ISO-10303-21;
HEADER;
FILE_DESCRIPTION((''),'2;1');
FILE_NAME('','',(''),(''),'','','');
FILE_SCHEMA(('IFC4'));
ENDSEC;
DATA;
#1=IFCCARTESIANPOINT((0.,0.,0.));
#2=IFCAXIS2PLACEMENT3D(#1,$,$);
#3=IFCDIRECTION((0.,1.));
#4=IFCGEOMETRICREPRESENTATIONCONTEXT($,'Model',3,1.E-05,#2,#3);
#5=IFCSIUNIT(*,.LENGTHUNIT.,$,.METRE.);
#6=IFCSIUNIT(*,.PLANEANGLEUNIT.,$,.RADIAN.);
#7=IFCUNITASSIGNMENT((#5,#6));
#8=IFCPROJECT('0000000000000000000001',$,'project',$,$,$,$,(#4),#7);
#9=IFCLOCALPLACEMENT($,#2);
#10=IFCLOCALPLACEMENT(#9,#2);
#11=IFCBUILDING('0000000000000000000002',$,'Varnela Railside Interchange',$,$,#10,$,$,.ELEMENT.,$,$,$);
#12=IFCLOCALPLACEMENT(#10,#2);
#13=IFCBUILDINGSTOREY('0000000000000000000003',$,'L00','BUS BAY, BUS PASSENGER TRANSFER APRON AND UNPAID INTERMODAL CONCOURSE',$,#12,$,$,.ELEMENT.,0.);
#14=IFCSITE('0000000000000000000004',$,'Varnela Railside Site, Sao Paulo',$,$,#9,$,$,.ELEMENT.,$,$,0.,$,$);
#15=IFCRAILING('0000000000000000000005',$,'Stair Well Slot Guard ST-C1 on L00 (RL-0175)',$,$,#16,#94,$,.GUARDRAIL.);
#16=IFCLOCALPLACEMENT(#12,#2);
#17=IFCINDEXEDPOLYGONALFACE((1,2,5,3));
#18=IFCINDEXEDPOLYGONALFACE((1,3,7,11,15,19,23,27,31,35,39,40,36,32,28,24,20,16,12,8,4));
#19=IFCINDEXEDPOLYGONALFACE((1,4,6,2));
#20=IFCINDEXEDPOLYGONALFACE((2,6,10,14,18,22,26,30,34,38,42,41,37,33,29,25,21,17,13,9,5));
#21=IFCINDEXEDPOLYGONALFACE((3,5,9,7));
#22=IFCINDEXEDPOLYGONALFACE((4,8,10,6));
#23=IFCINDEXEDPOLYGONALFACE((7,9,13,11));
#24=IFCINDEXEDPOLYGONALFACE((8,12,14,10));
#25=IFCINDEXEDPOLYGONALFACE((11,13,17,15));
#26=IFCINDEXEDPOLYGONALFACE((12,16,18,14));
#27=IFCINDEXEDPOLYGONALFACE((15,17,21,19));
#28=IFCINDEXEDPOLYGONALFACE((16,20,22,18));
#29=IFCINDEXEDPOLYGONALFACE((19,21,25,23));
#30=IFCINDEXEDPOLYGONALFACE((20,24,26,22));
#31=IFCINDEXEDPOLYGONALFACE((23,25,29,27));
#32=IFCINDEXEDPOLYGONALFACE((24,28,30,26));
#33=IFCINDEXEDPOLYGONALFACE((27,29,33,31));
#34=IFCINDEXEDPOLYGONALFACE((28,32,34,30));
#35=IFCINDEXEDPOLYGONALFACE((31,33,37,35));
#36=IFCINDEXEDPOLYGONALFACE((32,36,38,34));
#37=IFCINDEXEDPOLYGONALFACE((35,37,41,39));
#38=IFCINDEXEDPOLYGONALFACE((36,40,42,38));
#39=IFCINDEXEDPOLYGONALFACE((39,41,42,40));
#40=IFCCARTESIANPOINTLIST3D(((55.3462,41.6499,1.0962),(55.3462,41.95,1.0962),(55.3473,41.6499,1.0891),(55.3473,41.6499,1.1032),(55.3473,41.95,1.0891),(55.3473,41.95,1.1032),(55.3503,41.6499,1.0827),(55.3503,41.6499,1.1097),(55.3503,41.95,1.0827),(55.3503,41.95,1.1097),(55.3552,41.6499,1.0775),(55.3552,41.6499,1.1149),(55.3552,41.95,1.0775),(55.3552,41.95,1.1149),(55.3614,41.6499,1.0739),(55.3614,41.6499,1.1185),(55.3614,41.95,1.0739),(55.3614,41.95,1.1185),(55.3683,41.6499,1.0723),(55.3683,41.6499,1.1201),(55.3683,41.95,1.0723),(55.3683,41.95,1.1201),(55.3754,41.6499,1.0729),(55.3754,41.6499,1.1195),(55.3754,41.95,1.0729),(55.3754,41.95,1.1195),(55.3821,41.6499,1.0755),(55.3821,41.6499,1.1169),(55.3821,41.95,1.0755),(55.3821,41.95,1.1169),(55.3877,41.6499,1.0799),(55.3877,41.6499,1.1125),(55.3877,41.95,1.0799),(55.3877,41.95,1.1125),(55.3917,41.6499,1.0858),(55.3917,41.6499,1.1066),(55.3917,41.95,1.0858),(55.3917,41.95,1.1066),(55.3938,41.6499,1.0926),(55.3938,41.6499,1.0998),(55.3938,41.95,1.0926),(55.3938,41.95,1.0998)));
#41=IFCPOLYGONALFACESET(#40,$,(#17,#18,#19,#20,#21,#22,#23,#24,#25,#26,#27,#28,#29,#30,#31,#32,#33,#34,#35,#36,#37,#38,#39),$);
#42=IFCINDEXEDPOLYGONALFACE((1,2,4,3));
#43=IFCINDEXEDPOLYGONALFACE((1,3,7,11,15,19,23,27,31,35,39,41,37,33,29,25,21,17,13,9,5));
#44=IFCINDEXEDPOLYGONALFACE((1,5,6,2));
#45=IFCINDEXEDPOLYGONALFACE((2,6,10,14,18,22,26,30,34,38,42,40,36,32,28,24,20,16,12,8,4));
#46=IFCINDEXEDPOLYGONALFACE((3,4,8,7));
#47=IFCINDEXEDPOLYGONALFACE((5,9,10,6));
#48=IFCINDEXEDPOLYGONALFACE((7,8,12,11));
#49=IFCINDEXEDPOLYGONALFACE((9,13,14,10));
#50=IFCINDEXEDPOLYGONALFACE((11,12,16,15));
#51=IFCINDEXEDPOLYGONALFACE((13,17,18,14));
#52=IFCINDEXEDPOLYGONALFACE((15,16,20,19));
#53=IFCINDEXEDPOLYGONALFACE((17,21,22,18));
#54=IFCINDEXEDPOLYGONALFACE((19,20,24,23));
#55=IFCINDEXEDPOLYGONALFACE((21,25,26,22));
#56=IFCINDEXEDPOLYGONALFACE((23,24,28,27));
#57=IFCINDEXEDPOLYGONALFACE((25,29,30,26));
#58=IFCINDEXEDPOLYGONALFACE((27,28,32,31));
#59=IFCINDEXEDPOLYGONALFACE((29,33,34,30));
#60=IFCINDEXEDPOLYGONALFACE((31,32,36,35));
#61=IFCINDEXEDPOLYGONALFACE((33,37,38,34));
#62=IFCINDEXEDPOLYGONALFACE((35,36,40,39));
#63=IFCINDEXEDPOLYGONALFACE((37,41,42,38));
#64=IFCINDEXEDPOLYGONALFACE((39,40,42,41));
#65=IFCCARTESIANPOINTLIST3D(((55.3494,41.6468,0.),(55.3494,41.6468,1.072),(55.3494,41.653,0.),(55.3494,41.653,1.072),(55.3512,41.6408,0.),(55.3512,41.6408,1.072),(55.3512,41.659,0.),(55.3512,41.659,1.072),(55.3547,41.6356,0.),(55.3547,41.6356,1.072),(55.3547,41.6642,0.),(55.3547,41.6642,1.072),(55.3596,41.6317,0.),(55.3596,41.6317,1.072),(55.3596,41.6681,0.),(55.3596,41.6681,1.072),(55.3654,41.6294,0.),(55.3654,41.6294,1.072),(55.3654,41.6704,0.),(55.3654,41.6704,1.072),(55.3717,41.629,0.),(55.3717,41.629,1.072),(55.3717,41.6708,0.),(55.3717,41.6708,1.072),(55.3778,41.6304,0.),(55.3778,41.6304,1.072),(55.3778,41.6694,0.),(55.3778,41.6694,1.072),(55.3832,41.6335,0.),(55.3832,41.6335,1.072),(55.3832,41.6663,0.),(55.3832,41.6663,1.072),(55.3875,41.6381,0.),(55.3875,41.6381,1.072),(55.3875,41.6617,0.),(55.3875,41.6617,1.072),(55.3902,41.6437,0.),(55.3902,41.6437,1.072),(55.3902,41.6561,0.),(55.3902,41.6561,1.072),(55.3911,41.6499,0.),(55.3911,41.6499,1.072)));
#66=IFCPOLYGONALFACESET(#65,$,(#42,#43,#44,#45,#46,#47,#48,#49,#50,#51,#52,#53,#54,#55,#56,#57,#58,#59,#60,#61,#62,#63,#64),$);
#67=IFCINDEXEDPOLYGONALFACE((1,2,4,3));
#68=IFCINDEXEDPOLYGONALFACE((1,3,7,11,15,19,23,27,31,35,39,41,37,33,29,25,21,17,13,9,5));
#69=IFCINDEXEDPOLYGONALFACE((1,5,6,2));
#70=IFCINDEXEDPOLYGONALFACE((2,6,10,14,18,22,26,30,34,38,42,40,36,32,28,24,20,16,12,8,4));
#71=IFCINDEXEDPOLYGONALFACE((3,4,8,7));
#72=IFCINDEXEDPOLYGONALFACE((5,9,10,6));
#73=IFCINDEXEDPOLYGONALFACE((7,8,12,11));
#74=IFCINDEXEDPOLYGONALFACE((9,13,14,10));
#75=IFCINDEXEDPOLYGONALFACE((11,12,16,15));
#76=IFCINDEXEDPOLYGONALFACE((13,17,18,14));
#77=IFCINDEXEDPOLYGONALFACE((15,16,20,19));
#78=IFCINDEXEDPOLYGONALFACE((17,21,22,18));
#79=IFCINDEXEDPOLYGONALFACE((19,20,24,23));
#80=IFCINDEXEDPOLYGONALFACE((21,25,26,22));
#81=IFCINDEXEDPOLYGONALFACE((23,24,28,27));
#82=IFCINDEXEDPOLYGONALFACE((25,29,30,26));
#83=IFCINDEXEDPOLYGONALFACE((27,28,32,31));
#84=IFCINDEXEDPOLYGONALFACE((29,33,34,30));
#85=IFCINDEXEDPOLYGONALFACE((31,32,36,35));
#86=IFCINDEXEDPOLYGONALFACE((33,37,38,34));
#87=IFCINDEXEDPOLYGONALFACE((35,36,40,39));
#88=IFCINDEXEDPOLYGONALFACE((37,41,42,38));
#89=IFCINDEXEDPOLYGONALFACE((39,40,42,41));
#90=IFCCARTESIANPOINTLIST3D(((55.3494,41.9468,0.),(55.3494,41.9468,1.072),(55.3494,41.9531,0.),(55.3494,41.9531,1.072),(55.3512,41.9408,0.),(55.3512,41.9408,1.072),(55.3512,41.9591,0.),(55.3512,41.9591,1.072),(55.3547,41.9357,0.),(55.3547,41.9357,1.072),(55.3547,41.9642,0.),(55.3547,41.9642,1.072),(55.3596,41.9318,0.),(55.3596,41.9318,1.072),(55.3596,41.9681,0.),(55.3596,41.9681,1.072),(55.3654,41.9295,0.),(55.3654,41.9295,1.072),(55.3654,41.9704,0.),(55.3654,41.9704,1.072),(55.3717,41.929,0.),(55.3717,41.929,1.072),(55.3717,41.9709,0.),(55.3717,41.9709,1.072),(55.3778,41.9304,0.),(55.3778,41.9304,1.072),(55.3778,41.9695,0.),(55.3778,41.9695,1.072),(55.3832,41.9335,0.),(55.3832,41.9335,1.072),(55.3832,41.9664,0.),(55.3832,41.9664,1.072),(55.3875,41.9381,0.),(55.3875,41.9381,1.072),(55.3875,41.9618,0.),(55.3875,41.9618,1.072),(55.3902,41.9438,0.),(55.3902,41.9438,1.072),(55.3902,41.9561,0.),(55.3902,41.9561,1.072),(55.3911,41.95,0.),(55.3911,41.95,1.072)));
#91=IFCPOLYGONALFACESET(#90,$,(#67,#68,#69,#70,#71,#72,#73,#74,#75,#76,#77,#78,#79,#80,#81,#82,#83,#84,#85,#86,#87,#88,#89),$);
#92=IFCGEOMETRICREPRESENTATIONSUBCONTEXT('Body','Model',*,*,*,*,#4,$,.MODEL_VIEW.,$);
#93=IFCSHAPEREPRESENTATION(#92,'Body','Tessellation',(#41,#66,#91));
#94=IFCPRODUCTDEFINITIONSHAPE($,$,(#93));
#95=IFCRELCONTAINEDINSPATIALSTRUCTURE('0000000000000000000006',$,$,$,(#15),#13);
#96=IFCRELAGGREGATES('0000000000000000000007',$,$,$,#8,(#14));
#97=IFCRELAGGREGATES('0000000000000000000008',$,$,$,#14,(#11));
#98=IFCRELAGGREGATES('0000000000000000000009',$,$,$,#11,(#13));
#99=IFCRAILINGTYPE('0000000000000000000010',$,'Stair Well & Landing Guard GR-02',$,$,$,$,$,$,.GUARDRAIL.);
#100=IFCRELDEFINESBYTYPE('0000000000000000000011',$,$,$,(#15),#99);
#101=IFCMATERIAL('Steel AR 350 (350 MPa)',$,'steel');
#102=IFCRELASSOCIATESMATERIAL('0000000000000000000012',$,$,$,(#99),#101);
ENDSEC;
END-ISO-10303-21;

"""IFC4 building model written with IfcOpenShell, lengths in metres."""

from ifc_helpers import new_model, si_unit, direction, frame, origin, origin_2d, place, context, subcontext, project, spatial, circle, extrude, material, type_object, element, save


model = new_model("IFC4")

# Units and contexts
model_context = context("Model", 3, precision=1e-05, world=origin(), true_north=direction((0.0, 1.0)))
body_context = subcontext(model_context, "Body", "Model", "MODEL_VIEW")
ifc_project = project(units=[si_unit("LENGTHUNIT", "METRE"), si_unit("PLANEANGLEUNIT", "RADIAN")], contexts=[model_context])

# Site, building, storey
site_placement = place(None, origin())
site = spatial("IfcSite", under=ifc_project, at=site_placement, Name="Varnela Railside Site, Sao Paulo", CompositionType="ELEMENT", RefElevation=0.0)
building_placement = place(site_placement, origin())
building = spatial("IfcBuilding", under=site, at=building_placement, Name="Varnela Railside Interchange", CompositionType="ELEMENT")
storey_placement = place(building_placement, origin())
storey = spatial("IfcBuildingStorey", under=building, at=storey_placement, Name="L00", Description="BUS BAY, BUS PASSENGER TRANSFER APRON AND UNPAID INTERMODAL CONCOURSE", CompositionType="ELEMENT", Elevation=0.0)

# Shared definitions
ifc_material_1 = material(Name="Steel AR 350 (350 MPa)", Category="steel")

# Railing
railing_type_1 = type_object("IfcRailingType", Name="Stair Well & Landing Guard GR-02", PredefinedType="GUARDRAIL", material=ifc_material_1)
railing_1_placement = place(storey_placement, frame((55.3701, 41.6499, 0.0)))
element("IfcRailing", 1, at=railing_1_placement, inside=storey, type_object=railing_type_1, Name="Stair Well Slot Guard ST-C1 on L00 (RL-0175)", PredefinedType="GUARDRAIL", context=body_context, shape_type="SweptSolid", body=[
    extrude(circle(Radius=0.0239, at=origin_2d()), frame((0.0, 0.0, 1.0962), z_axis=(0.0, 1.0, 0.0), x_axis=(-1.0, 0.0, 0.0)), (0.0, 0.0, 1.0), 0.3),
    extrude(circle(Radius=0.021, at=origin_2d()), origin(), (0.0, 0.0, 1.0), 1.072),
    extrude(circle(Radius=0.021, at=origin_2d()), frame((0.0, 0.3, 0.0)), (0.0, 0.0, 1.0), 1.072),
])

save(model, "model.ifc")
